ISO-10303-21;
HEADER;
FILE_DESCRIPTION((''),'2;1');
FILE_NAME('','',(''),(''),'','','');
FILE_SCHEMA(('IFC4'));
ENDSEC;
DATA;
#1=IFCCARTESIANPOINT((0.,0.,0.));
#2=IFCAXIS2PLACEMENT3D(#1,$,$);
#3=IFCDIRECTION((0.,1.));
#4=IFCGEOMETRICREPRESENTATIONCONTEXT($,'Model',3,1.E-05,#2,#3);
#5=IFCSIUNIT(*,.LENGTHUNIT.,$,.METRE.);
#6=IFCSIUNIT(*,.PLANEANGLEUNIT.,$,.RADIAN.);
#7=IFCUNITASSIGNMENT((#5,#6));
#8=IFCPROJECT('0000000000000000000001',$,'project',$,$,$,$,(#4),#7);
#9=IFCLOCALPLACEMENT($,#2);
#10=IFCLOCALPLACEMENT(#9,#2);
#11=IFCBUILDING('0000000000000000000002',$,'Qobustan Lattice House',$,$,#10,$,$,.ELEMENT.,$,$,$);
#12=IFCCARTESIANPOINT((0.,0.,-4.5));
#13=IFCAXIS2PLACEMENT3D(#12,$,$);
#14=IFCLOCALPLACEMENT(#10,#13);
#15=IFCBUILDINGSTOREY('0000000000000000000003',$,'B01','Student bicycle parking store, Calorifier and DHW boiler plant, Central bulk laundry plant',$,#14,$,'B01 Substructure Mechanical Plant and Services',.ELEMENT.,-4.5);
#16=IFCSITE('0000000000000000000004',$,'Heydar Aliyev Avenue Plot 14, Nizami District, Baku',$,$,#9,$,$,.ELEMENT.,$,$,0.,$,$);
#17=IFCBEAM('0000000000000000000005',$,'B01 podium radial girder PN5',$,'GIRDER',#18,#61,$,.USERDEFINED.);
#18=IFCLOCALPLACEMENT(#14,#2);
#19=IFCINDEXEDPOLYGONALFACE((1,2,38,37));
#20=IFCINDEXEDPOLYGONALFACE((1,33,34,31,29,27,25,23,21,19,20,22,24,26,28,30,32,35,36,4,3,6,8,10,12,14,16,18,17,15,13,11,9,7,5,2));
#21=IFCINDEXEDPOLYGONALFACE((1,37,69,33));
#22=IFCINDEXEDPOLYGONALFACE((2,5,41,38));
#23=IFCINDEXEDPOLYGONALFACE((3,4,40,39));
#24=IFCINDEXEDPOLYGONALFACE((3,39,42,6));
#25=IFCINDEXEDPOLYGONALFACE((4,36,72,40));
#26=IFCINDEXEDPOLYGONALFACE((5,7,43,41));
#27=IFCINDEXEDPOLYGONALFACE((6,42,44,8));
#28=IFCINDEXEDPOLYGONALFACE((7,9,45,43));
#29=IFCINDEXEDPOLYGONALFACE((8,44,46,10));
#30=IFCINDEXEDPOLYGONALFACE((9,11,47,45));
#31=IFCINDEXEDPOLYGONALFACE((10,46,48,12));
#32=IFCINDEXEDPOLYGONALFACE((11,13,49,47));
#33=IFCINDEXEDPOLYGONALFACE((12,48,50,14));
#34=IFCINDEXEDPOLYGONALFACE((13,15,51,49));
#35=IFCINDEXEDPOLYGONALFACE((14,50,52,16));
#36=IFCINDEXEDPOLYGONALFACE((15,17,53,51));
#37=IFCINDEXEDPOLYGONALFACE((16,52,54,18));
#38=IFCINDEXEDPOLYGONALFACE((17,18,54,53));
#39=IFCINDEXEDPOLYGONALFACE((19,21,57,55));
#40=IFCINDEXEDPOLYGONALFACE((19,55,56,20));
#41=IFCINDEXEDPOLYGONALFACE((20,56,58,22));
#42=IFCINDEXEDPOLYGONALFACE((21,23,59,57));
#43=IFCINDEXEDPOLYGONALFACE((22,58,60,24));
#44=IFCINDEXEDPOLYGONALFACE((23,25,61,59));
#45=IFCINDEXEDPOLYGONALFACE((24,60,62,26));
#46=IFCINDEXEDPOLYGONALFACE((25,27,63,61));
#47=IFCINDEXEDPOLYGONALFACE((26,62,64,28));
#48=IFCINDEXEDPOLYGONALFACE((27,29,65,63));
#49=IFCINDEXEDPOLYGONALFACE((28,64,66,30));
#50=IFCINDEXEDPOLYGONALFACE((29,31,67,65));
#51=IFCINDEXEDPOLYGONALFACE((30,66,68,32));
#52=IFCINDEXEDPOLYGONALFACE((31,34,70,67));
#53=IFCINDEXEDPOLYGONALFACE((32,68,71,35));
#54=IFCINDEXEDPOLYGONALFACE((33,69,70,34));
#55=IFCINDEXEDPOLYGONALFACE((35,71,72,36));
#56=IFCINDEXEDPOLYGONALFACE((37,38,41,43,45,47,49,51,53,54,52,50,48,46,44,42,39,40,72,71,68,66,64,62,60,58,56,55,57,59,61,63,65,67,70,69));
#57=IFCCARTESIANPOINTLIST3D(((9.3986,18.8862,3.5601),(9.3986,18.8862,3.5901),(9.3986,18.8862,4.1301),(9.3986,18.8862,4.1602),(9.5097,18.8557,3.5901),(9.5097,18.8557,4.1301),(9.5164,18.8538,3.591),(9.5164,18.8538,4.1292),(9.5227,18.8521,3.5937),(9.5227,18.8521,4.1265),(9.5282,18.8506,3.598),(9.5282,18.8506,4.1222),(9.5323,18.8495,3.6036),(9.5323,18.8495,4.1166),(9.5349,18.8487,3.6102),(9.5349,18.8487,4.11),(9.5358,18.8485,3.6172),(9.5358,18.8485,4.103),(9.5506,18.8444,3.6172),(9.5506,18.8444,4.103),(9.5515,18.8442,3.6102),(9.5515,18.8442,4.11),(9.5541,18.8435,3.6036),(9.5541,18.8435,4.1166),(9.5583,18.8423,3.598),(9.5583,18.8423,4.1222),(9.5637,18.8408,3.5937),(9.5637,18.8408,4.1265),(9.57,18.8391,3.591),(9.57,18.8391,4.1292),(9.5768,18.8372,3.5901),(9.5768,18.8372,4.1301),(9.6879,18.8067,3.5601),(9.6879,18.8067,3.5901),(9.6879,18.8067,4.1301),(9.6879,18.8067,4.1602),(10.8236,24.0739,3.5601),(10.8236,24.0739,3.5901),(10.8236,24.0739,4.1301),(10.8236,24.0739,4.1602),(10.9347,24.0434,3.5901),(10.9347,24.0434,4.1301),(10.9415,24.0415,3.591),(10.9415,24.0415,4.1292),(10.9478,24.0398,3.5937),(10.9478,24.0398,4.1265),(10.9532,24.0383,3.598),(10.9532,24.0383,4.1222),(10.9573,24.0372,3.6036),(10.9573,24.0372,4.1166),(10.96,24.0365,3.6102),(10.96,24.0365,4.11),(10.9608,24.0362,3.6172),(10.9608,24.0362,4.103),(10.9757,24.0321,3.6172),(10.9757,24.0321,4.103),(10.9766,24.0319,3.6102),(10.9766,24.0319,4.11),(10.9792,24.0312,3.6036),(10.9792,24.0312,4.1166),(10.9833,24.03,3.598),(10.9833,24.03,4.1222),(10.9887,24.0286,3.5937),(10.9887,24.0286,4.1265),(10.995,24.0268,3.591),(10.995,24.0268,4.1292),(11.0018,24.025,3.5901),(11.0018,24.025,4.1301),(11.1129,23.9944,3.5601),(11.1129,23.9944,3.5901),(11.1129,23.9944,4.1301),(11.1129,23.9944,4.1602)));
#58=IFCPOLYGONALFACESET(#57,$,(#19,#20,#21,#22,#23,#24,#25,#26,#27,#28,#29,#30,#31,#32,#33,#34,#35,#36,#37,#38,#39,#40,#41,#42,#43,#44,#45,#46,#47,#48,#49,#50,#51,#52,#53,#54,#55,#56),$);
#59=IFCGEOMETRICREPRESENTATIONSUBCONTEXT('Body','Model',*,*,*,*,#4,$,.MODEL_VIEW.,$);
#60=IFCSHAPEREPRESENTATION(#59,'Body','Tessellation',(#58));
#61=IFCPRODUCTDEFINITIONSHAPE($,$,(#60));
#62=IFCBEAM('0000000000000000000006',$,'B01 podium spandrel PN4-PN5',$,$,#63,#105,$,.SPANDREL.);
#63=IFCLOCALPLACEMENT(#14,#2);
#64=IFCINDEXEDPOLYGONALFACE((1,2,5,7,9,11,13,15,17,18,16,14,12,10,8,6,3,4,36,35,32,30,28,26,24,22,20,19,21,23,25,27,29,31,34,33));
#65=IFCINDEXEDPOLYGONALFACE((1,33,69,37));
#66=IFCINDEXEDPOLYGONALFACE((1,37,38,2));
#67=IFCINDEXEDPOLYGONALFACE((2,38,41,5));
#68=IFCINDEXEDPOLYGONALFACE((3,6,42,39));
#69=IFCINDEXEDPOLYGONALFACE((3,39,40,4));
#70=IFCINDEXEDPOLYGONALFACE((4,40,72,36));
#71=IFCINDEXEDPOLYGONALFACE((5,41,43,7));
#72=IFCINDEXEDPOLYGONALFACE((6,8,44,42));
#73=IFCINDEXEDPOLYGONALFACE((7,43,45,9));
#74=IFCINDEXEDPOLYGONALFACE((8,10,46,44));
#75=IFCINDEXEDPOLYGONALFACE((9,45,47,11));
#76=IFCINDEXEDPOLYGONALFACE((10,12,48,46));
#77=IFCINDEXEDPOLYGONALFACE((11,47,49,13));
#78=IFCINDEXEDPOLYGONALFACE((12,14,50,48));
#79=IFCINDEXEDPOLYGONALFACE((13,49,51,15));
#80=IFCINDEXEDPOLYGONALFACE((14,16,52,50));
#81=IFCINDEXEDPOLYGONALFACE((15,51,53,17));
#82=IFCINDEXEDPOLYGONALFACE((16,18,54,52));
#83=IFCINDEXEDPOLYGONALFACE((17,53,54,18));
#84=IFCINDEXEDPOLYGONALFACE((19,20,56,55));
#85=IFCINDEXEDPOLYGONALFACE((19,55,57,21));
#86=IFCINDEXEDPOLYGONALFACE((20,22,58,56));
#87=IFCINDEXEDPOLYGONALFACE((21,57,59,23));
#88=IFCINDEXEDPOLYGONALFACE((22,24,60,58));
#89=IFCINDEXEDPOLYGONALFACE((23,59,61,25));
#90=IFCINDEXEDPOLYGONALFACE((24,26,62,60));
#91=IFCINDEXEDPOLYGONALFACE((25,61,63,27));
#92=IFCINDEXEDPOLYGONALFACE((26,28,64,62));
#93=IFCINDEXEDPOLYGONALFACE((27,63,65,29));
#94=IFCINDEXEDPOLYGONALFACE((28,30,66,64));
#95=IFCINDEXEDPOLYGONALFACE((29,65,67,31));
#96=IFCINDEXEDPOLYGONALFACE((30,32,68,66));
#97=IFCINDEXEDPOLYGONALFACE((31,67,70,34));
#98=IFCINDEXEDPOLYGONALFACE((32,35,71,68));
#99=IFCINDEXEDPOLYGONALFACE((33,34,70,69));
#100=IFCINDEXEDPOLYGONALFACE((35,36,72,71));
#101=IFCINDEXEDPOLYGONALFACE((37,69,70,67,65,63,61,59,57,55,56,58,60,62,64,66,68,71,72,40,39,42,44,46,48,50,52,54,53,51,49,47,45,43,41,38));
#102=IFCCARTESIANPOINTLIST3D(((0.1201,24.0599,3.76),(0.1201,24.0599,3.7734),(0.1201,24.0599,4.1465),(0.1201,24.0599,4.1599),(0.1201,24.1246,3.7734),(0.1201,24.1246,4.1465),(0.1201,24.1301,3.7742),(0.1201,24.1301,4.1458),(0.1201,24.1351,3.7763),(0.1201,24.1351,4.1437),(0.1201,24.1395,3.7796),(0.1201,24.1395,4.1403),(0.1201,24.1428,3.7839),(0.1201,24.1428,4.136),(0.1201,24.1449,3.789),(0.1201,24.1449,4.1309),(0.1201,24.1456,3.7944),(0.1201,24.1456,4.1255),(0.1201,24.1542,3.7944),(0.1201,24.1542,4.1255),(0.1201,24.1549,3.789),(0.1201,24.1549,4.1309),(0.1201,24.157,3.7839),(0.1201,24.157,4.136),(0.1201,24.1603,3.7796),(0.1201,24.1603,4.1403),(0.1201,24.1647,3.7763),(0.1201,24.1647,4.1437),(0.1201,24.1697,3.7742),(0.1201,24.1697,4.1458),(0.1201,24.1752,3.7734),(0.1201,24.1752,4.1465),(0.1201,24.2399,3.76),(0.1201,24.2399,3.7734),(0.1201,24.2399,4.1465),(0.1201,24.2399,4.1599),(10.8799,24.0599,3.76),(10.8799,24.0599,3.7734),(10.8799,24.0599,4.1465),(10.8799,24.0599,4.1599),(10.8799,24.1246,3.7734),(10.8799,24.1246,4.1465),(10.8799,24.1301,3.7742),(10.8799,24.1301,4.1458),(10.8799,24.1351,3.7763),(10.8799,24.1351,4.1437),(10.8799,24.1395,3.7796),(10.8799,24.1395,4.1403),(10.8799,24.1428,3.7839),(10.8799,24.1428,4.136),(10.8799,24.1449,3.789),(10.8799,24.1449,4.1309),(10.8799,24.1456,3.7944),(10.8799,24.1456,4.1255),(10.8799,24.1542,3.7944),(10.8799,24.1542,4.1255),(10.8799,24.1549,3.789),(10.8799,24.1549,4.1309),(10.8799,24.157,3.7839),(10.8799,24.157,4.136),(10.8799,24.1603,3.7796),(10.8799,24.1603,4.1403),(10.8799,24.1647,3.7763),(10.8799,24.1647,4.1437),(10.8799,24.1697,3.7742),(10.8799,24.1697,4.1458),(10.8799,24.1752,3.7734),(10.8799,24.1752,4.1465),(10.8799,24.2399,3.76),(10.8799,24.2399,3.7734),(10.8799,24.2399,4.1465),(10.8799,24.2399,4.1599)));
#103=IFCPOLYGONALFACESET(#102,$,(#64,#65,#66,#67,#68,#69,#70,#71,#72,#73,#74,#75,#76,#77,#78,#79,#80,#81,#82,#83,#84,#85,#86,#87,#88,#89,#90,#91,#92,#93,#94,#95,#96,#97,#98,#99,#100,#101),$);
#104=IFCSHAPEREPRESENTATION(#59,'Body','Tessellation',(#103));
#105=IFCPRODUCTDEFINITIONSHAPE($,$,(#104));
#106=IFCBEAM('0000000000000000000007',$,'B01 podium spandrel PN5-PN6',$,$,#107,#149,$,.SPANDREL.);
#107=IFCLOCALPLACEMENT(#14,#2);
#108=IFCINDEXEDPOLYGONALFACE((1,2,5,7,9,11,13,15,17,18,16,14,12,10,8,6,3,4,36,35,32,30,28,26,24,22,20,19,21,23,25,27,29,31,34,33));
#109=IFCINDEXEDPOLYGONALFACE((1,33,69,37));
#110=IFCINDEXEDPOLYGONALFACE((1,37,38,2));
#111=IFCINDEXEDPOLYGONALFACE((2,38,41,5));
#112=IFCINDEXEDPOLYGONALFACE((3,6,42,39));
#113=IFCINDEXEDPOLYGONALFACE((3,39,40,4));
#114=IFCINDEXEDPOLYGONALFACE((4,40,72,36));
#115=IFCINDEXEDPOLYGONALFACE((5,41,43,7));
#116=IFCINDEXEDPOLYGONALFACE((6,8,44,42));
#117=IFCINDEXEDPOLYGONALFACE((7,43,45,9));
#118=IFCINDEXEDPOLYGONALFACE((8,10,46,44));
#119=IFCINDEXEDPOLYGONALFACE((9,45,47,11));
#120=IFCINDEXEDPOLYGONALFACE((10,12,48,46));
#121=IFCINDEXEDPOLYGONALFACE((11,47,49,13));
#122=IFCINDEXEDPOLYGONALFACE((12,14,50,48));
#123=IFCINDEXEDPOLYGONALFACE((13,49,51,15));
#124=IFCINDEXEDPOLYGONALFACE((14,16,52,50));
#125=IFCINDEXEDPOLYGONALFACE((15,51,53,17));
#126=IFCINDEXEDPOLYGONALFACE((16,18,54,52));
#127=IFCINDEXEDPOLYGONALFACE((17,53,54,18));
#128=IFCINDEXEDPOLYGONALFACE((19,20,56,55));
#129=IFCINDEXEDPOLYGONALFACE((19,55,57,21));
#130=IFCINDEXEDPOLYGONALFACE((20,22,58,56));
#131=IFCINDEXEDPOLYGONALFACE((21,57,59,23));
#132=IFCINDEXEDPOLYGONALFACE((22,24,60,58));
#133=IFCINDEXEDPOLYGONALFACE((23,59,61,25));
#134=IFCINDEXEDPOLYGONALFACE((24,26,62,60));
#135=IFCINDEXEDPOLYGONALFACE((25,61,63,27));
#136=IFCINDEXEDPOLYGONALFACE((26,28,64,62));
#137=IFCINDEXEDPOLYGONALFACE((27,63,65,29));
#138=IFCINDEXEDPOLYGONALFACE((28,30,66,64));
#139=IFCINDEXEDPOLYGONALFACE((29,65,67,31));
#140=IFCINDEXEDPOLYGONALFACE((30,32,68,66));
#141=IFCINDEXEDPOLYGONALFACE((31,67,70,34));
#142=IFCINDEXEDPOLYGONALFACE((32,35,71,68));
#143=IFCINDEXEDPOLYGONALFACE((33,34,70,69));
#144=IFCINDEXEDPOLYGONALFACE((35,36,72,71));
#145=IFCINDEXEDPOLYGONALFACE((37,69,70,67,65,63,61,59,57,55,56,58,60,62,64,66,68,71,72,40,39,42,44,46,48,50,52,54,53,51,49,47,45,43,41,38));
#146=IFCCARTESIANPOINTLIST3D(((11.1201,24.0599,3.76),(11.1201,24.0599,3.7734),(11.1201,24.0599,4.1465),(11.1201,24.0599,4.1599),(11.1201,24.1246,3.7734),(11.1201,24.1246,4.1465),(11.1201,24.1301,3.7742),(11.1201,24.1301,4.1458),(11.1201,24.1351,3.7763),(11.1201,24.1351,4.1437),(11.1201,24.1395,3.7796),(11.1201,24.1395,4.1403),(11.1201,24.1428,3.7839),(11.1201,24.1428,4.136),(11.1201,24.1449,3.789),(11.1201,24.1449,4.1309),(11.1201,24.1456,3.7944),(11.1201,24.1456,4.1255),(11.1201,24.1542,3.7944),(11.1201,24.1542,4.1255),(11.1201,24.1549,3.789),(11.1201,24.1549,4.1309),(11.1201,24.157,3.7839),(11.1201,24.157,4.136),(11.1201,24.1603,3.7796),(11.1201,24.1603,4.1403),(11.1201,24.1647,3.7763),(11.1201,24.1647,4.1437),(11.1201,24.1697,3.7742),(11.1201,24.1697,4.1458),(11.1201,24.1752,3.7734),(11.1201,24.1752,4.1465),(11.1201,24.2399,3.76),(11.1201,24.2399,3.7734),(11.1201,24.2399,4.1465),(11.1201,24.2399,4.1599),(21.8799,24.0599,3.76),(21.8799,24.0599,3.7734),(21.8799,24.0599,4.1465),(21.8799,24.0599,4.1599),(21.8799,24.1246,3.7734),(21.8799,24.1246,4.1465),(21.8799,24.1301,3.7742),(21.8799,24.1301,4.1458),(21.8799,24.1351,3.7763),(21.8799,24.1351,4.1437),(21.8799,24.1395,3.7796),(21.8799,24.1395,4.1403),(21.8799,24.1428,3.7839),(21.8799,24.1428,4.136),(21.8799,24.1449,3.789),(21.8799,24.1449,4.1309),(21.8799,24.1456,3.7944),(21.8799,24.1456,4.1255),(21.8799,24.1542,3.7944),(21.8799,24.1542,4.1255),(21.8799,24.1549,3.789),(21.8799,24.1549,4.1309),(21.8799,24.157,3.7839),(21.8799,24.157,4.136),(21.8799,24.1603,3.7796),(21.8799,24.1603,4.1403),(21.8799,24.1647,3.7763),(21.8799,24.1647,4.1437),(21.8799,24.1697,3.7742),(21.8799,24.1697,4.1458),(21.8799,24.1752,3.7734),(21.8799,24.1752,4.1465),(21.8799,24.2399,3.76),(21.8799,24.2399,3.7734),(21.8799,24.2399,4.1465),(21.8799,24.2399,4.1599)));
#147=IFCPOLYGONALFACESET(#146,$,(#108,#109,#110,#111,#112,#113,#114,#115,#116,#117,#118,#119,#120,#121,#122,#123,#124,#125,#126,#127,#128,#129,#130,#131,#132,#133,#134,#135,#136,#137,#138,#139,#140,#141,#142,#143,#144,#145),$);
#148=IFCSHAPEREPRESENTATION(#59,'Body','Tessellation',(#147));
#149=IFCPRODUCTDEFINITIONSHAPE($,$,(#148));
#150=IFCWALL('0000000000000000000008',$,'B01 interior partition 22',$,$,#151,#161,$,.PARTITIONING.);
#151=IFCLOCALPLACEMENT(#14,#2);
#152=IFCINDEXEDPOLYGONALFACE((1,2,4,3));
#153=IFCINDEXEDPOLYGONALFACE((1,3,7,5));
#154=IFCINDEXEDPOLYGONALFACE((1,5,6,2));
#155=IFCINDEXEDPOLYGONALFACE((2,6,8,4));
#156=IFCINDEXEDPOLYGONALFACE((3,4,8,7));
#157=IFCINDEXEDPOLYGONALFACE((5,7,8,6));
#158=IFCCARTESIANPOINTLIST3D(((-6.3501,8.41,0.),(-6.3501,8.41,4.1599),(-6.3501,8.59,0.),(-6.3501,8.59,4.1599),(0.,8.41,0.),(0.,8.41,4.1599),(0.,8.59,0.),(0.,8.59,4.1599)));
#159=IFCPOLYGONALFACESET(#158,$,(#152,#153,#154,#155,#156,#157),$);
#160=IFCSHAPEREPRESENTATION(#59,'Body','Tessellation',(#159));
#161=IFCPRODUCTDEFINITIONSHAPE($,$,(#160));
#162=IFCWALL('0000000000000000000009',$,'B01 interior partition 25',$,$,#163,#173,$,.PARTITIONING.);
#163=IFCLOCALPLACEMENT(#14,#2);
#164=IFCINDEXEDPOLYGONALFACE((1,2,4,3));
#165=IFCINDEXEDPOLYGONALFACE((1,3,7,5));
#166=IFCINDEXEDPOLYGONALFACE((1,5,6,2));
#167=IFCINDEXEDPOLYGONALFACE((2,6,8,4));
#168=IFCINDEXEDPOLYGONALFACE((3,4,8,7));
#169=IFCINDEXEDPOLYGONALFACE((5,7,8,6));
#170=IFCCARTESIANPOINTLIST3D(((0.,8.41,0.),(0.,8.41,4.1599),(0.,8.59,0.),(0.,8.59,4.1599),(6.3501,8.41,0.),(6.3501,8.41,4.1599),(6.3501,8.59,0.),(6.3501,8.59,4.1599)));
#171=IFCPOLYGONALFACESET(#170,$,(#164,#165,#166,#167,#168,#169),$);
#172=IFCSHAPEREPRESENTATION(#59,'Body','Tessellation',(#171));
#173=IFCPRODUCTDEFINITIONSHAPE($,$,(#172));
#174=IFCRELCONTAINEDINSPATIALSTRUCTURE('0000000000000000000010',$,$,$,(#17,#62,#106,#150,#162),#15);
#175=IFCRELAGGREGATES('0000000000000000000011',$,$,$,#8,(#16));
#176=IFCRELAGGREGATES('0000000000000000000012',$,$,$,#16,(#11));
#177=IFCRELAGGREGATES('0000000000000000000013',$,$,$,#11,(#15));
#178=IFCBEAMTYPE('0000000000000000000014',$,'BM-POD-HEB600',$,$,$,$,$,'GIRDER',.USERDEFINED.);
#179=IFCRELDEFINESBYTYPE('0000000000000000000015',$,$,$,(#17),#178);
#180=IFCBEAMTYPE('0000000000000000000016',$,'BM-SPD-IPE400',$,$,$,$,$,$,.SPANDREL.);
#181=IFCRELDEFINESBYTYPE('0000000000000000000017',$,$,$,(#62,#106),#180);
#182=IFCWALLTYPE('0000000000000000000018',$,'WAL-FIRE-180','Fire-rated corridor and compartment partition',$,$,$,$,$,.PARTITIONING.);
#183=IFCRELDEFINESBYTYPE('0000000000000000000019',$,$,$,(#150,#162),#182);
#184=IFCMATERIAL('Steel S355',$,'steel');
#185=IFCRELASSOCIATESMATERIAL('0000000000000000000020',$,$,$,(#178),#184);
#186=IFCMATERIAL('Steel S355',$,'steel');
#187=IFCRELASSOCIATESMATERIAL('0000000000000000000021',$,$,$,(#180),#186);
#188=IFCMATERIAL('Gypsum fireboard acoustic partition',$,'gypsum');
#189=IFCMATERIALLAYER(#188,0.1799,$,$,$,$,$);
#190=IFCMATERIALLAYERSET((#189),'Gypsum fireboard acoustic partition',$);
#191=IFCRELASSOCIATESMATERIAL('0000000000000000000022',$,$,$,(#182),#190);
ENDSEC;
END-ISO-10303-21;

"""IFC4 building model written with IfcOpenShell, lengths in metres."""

from ifc_helpers import new_model, si_unit, direction, frame, frame_2d, origin, origin_2d, place, context, subcontext, project, spatial, rectangle, i_section, extrude, material, layer, layer_set, material_profile, profile_set, type_object, element, save


model = new_model("IFC4")

# Units and contexts
model_context = context("Model", 3, precision=1e-05, world=origin(), true_north=direction((0.0, 1.0)))
body_context = subcontext(model_context, "Body", "Model", "MODEL_VIEW")
ifc_project = project(units=[si_unit("LENGTHUNIT", "METRE"), si_unit("PLANEANGLEUNIT", "RADIAN")], contexts=[model_context])

# Site, building, storey
site_placement = place(None, origin())
site = spatial("IfcSite", under=ifc_project, at=site_placement, Name="Heydar Aliyev Avenue Plot 14, Nizami District, Baku", CompositionType="ELEMENT", RefElevation=0.0)
building_placement = place(site_placement, origin())
building = spatial("IfcBuilding", under=site, at=building_placement, Name="Qobustan Lattice House", CompositionType="ELEMENT")
storey_placement = place(building_placement, frame((0.0, 0.0, -4.5)))
storey = spatial("IfcBuildingStorey", under=building, at=storey_placement, Name="B01", Description="Student bicycle parking store, Calorifier and DHW boiler plant, Central bulk laundry plant", LongName="B01 Substructure Mechanical Plant and Services", CompositionType="ELEMENT", Elevation=-4.5)

# Beams
ifc_material_1 = material(Name="Steel S355", Category="steel")
ifc_material_profile_1 = material_profile(ifc_material_1, i_section(OverallWidth=0.3, OverallDepth=0.6001, WebThickness=0.0154, FlangeThickness=0.03, FilletRadius=0.0271, at=origin_2d()), Name="HEB600")
ifc_profile_set_1 = profile_set([ifc_material_profile_1], Name="Steel S355")
beam_type_1 = type_object("IfcBeamType", Name="BM-POD-HEB600", ElementType="GIRDER", PredefinedType="USERDEFINED", material=ifc_profile_set_1)
beam_1_placement = place(storey_placement, frame((10.9683, 24.0342, 3.8601), z_axis=(-0.264883, -0.96428, 0.0), x_axis=(0.96428, -0.264883, 0.0)))
element("IfcBeam", 1, at=beam_1_placement, inside=storey, type_object=beam_type_1, Name="B01 podium radial girder PN5", ObjectType="GIRDER", PredefinedType="USERDEFINED", context=body_context, shape_type="SweptSolid", body=[
    extrude(i_section(OverallWidth=0.3, OverallDepth=0.6001, WebThickness=0.0154, FlangeThickness=0.03, FilletRadius=0.0271, at=origin_2d()), origin(), (0.0, 0.0, 1.0), 5.3799),
])
ifc_material_2 = material(Name="Steel S355", Category="steel")
ifc_material_profile_2 = material_profile(ifc_material_2, i_section(OverallWidth=0.1799, OverallDepth=0.3999, WebThickness=0.0085, FlangeThickness=0.0134, FilletRadius=0.021, at=origin_2d()), Name="IPE400")
ifc_profile_set_2 = profile_set([ifc_material_profile_2], Name="Steel S355")
beam_type_2 = type_object("IfcBeamType", Name="BM-SPD-IPE400", PredefinedType="SPANDREL", material=ifc_profile_set_2)
for number, where, z_axis, x_axis, name in (
    (2, (0.1201, 24.1499, 3.96), (1.0, 0.0, 0.0), (0.0, 1.0, 0.0), "B01 podium spandrel PN4-PN5"),
    (3, (11.1201, 24.1499, 3.96), (1.0, 0.0, 0.0), (0.0, 1.0, 0.0), "B01 podium spandrel PN5-PN6"),
):
    element("IfcBeam", number, at=place(storey_placement, frame(where, z_axis=z_axis, x_axis=x_axis)), inside=storey, type_object=beam_type_2, Name=name, PredefinedType="SPANDREL", context=body_context, shape_type="SweptSolid", body=[
        extrude(i_section(OverallWidth=0.1799, OverallDepth=0.3999, WebThickness=0.0085, FlangeThickness=0.0134, FilletRadius=0.021, at=origin_2d()), origin(), (0.0, 0.0, 1.0), 10.7598),
    ])

# Walls
ifc_material_3 = material(Name="Gypsum fireboard acoustic partition", Category="gypsum")
ifc_layer_1 = layer(ifc_material_3, 0.1799)
ifc_layer_set_1 = layer_set([ifc_layer_1], Name="Gypsum fireboard acoustic partition")
wall_type_1 = type_object("IfcWallType", Name="WAL-FIRE-180", Description="Fire-rated corridor and compartment partition", PredefinedType="PARTITIONING", material=ifc_layer_set_1)
for number, where, z_axis, x_axis, name in (
    (4, (0.0, 8.5, 0.0), (0.0, 0.0, 1.0), (-1.0, 0.0, 0.0), "B01 interior partition 22"),
    (5, (6.3501, 8.5, 0.0), (0.0, 0.0, 1.0), (-1.0, 0.0, 0.0), "B01 interior partition 25"),
):
    element("IfcWall", number, at=place(storey_placement, frame(where, z_axis=z_axis, x_axis=x_axis)), inside=storey, type_object=wall_type_1, Name=name, PredefinedType="PARTITIONING", context=body_context, shape_type="SweptSolid", body=[
        extrude(rectangle(XDim=6.3501, YDim=0.1799, at=frame_2d((3.175, 0.0))), origin(), (0.0, 0.0, 1.0), 4.1599),
    ])

save(model, "model.ifc")
